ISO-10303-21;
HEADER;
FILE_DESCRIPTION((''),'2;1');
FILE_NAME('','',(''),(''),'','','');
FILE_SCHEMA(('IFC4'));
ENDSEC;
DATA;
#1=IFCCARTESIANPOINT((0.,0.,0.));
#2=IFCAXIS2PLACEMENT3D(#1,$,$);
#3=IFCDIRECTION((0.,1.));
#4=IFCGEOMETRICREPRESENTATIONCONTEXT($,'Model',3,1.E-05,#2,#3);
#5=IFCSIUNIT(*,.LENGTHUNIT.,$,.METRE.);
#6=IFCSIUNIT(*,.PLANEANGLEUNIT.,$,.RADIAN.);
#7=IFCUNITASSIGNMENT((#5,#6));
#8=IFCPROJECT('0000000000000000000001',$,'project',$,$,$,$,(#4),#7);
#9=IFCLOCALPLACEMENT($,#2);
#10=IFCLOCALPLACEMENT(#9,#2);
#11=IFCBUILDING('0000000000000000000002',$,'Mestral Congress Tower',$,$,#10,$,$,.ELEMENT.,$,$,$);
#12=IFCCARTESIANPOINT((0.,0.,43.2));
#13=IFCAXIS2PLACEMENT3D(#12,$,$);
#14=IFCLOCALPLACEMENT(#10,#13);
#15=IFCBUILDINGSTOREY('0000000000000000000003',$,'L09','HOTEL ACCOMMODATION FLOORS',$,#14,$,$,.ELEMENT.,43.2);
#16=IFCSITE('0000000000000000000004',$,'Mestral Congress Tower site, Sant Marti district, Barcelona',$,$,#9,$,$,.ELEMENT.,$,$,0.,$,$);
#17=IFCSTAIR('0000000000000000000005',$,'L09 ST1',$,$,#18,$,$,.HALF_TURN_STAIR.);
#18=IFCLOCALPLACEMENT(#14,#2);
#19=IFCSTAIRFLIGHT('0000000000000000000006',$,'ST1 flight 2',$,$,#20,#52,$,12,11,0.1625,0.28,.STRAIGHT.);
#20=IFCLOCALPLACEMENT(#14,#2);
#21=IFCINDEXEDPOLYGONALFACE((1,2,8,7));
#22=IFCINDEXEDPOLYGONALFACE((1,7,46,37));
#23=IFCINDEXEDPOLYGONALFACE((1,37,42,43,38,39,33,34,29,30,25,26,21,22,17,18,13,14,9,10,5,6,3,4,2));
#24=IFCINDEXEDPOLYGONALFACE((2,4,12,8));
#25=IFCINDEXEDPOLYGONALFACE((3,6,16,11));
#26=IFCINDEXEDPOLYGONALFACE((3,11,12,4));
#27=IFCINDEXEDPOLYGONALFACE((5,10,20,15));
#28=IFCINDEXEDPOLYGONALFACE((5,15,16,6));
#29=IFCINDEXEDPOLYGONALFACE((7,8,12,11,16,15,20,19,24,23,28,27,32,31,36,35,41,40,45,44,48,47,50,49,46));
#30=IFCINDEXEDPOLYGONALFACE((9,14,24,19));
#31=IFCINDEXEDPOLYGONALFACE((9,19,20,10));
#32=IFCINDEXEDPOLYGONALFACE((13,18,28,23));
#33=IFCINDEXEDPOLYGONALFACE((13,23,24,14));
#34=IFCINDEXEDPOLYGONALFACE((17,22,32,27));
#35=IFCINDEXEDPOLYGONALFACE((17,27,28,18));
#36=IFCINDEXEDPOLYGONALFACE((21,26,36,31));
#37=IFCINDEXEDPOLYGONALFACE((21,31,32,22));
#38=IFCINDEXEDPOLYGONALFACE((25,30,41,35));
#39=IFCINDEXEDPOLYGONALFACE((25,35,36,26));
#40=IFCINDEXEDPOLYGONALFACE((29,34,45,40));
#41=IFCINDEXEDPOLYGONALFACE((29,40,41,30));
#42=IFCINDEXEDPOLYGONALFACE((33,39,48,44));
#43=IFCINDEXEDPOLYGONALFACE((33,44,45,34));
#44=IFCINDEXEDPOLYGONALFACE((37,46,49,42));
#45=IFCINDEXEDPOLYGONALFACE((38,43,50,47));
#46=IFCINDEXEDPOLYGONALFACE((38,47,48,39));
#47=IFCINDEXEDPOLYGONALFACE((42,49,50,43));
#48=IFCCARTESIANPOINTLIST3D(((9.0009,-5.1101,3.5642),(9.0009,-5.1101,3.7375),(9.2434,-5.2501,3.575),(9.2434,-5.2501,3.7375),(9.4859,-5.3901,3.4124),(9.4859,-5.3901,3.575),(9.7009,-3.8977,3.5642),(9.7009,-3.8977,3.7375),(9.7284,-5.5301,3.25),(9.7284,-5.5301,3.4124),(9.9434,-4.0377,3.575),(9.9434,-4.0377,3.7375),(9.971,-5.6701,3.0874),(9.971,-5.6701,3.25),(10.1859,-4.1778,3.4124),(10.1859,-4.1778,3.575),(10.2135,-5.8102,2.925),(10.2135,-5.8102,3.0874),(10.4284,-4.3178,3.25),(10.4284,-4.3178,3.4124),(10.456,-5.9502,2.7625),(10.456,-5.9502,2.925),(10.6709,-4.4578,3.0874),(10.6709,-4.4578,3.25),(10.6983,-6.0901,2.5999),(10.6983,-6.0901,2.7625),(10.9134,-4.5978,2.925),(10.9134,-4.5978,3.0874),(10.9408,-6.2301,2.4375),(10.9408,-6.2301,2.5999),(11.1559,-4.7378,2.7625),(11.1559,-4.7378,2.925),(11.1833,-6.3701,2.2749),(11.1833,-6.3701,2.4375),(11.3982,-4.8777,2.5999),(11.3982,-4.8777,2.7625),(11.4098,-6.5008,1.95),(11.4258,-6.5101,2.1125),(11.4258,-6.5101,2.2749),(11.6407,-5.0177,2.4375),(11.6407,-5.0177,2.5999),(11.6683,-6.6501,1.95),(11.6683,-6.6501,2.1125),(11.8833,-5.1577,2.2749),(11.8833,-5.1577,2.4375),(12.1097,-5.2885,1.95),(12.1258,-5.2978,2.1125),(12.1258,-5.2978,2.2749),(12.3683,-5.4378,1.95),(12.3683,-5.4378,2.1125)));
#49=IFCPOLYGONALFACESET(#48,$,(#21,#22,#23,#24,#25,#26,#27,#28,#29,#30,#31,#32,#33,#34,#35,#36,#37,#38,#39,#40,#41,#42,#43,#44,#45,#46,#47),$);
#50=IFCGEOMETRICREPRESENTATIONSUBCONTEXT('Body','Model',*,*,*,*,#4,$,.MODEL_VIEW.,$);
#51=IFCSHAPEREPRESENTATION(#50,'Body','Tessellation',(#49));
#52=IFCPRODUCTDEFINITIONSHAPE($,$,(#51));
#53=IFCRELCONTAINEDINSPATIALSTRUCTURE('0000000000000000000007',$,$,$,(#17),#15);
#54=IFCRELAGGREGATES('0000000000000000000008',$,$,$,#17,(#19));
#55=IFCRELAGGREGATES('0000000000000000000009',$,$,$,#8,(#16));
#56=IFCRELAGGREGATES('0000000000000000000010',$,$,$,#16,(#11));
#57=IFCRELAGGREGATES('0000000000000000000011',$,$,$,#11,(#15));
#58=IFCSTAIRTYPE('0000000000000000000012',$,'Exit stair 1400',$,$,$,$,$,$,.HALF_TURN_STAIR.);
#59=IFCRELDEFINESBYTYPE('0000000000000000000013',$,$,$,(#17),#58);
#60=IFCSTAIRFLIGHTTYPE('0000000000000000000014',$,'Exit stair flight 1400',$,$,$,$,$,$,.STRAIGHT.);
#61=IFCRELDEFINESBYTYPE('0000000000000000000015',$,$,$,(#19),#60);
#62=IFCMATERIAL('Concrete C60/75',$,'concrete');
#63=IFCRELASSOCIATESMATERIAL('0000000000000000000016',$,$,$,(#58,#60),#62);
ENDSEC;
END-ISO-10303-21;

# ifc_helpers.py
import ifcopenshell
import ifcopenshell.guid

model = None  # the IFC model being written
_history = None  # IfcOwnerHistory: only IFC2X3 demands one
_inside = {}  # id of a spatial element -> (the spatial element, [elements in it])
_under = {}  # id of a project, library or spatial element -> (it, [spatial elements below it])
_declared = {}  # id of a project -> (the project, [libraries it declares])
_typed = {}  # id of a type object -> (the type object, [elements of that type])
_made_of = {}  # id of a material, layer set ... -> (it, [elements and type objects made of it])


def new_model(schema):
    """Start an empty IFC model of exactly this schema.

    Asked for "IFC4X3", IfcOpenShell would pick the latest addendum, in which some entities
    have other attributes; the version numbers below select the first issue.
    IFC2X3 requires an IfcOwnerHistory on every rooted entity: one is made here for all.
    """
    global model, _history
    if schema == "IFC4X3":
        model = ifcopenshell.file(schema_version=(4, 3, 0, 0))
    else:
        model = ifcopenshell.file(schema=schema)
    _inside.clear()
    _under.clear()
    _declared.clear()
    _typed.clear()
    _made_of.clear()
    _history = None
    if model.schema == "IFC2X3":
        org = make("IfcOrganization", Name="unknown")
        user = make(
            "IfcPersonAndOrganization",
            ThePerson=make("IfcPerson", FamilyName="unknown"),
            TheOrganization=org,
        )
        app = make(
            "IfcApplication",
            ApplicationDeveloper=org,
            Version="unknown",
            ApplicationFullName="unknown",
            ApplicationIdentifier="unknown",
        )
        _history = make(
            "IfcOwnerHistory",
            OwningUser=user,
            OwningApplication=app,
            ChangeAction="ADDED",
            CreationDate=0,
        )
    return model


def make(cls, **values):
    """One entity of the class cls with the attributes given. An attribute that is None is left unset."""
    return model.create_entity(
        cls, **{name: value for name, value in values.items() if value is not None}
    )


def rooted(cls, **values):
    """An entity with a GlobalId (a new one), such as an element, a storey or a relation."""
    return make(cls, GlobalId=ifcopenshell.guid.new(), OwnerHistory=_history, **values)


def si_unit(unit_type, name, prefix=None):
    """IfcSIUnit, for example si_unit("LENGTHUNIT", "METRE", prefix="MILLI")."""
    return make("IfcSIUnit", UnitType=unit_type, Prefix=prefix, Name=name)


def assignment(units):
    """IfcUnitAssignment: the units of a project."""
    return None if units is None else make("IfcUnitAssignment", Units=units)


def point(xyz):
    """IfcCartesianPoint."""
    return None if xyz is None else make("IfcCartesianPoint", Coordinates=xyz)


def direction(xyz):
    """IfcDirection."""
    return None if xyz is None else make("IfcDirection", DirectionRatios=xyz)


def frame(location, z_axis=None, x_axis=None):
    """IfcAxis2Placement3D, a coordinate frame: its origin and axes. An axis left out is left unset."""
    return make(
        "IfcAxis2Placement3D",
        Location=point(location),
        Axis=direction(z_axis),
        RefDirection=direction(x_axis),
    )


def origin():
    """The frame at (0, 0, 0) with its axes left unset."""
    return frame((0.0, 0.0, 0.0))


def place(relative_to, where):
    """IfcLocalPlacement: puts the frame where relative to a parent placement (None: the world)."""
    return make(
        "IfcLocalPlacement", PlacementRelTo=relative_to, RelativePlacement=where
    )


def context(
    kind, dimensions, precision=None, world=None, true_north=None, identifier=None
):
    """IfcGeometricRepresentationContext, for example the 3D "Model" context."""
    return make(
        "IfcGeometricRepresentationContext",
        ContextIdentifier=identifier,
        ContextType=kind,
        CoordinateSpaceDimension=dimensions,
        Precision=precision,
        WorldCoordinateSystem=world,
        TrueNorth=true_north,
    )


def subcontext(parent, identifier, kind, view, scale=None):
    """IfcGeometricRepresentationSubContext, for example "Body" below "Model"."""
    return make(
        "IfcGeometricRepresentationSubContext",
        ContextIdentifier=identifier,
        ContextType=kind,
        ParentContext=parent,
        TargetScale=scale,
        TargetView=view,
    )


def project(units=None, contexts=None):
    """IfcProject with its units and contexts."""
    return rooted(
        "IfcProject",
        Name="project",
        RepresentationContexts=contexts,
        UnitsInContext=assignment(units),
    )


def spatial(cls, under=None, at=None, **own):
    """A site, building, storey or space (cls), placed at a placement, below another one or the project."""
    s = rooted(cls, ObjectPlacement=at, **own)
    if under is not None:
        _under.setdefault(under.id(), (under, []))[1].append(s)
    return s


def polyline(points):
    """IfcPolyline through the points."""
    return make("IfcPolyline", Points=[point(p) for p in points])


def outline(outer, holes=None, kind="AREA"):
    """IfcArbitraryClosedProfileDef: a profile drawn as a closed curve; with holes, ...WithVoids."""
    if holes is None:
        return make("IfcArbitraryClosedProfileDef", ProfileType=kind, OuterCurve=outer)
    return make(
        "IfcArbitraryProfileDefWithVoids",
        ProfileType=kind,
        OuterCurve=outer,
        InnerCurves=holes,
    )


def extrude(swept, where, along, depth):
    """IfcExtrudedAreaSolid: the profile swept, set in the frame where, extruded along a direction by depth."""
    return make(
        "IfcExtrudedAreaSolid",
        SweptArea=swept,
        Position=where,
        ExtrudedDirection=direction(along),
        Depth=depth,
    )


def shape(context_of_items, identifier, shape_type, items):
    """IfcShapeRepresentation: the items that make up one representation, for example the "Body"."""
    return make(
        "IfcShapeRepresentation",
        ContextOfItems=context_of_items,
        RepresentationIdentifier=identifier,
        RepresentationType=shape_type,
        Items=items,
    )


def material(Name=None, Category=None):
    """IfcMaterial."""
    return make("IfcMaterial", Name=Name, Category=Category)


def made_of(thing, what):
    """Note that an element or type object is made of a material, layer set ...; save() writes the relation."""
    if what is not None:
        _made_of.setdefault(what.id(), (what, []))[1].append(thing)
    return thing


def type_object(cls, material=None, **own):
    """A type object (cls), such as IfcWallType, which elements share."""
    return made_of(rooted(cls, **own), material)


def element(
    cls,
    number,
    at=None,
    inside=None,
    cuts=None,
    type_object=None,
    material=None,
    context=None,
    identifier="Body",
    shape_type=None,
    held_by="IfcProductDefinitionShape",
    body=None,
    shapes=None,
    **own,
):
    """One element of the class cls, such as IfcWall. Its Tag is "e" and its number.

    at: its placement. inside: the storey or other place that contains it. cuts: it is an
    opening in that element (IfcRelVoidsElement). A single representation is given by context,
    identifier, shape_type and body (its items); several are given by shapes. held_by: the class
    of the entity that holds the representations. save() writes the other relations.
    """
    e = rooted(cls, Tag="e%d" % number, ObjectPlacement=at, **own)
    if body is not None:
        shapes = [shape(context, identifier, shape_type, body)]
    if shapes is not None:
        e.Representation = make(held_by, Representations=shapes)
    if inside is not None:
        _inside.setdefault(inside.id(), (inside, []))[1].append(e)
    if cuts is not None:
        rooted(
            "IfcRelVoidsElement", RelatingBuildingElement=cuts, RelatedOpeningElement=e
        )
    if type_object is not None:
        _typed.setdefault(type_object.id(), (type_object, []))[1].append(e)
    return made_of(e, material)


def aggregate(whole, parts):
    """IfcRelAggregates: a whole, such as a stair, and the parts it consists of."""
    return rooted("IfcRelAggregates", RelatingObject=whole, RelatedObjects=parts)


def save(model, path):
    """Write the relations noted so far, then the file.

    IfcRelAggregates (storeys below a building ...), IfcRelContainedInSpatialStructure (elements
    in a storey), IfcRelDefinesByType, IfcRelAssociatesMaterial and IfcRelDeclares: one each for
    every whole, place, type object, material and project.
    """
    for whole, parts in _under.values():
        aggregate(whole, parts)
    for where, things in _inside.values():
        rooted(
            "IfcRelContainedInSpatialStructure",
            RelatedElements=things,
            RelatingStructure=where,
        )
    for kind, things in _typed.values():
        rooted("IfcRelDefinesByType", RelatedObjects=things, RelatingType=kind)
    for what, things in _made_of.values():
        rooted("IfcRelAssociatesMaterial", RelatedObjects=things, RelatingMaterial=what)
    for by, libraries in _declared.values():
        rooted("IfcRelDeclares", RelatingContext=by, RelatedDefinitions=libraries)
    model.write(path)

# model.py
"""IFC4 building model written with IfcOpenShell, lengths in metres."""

from ifc_helpers import new_model, si_unit, direction, frame, origin, place, context, subcontext, project, spatial, polyline, outline, extrude, material, type_object, element, aggregate, save


model = new_model("IFC4")

# Units and contexts
model_context = context("Model", 3, precision=1e-05, world=origin(), true_north=direction((0.0, 1.0)))
body_context = subcontext(model_context, "Body", "Model", "MODEL_VIEW")
ifc_project = project(units=[si_unit("LENGTHUNIT", "METRE"), si_unit("PLANEANGLEUNIT", "RADIAN")], contexts=[model_context])

# Site, building, storey
site_placement = place(None, origin())
site = spatial("IfcSite", under=ifc_project, at=site_placement, Name="Mestral Congress Tower site, Sant Marti district, Barcelona", CompositionType="ELEMENT", RefElevation=0.0)
building_placement = place(site_placement, origin())
building = spatial("IfcBuilding", under=site, at=building_placement, Name="Mestral Congress Tower", CompositionType="ELEMENT")
storey_placement = place(building_placement, frame((0.0, 0.0, 43.2)))
storey = spatial("IfcBuildingStorey", under=building, at=storey_placement, Name="L09", Description="HOTEL ACCOMMODATION FLOORS", CompositionType="ELEMENT", Elevation=43.2)

# Shared definitions
ifc_material_1 = material(Name="Concrete C60/75", Category="concrete")

# Stair, stair flight
stair_type = type_object("IfcStairType", Name="Exit stair 1400", PredefinedType="HALF_TURN_STAIR", material=ifc_material_1)
stair_placement = place(storey_placement, origin())
stair = element("IfcStair", 1, at=stair_placement, inside=storey, type_object=stair_type, Name="L09 ST1", PredefinedType="HALF_TURN_STAIR")
stair_flight_type = type_object("IfcStairFlightType", Name="Exit stair flight 1400", PredefinedType="STRAIGHT", material=ifc_material_1)
stair_flight_1_placement = place(storey_placement, frame((12.0183, -6.0439, 1.95), z_axis=(0.0, 0.0, 1.0), x_axis=(-0.866025, 0.5, 0.0)))
stair_flight_1 = element("IfcStairFlight", 2, at=stair_flight_1_placement, type_object=stair_flight_type, Name="ST1 flight 2", NumberOfRisers=12, NumberOfTreads=11, PredefinedType="STRAIGHT", RiserHeight=0.1625, TreadLength=0.28, context=body_context, shape_type="SweptSolid", body=[
    extrude(outline(polyline([(0.0, 0.0), (0.0, 0.1626), (0.28, 0.1626), (0.28, 0.325), (0.5601, 0.325), (0.5601, 0.4875), (0.8401, 0.4875), (0.8401, 0.6499), (1.1201, 0.6499), (1.1201, 0.8125), (1.3999, 0.8125), (1.3999, 0.9751), (1.6799, 0.9751), (1.6799, 1.1375), (1.96, 1.1375), (1.96, 1.3), (2.24, 1.3), (2.24, 1.4624), (2.52, 1.4624), (2.52, 1.625), (2.8, 1.625), (2.8, 1.7876), (3.0801, 1.7876), (3.0801, 1.95), (3.0801, 1.6143), (0.2986, 0.0), (0.0, 0.0)])), frame((0.0, 0.7, 0.0), z_axis=(0.0, -1.0, 0.0), x_axis=(1.0, 0.0, 0.0)), (0.0, 0.0, 1.0), 1.3999),
])
aggregate(stair, [stair_flight_1])

save(model, "model.ifc")
